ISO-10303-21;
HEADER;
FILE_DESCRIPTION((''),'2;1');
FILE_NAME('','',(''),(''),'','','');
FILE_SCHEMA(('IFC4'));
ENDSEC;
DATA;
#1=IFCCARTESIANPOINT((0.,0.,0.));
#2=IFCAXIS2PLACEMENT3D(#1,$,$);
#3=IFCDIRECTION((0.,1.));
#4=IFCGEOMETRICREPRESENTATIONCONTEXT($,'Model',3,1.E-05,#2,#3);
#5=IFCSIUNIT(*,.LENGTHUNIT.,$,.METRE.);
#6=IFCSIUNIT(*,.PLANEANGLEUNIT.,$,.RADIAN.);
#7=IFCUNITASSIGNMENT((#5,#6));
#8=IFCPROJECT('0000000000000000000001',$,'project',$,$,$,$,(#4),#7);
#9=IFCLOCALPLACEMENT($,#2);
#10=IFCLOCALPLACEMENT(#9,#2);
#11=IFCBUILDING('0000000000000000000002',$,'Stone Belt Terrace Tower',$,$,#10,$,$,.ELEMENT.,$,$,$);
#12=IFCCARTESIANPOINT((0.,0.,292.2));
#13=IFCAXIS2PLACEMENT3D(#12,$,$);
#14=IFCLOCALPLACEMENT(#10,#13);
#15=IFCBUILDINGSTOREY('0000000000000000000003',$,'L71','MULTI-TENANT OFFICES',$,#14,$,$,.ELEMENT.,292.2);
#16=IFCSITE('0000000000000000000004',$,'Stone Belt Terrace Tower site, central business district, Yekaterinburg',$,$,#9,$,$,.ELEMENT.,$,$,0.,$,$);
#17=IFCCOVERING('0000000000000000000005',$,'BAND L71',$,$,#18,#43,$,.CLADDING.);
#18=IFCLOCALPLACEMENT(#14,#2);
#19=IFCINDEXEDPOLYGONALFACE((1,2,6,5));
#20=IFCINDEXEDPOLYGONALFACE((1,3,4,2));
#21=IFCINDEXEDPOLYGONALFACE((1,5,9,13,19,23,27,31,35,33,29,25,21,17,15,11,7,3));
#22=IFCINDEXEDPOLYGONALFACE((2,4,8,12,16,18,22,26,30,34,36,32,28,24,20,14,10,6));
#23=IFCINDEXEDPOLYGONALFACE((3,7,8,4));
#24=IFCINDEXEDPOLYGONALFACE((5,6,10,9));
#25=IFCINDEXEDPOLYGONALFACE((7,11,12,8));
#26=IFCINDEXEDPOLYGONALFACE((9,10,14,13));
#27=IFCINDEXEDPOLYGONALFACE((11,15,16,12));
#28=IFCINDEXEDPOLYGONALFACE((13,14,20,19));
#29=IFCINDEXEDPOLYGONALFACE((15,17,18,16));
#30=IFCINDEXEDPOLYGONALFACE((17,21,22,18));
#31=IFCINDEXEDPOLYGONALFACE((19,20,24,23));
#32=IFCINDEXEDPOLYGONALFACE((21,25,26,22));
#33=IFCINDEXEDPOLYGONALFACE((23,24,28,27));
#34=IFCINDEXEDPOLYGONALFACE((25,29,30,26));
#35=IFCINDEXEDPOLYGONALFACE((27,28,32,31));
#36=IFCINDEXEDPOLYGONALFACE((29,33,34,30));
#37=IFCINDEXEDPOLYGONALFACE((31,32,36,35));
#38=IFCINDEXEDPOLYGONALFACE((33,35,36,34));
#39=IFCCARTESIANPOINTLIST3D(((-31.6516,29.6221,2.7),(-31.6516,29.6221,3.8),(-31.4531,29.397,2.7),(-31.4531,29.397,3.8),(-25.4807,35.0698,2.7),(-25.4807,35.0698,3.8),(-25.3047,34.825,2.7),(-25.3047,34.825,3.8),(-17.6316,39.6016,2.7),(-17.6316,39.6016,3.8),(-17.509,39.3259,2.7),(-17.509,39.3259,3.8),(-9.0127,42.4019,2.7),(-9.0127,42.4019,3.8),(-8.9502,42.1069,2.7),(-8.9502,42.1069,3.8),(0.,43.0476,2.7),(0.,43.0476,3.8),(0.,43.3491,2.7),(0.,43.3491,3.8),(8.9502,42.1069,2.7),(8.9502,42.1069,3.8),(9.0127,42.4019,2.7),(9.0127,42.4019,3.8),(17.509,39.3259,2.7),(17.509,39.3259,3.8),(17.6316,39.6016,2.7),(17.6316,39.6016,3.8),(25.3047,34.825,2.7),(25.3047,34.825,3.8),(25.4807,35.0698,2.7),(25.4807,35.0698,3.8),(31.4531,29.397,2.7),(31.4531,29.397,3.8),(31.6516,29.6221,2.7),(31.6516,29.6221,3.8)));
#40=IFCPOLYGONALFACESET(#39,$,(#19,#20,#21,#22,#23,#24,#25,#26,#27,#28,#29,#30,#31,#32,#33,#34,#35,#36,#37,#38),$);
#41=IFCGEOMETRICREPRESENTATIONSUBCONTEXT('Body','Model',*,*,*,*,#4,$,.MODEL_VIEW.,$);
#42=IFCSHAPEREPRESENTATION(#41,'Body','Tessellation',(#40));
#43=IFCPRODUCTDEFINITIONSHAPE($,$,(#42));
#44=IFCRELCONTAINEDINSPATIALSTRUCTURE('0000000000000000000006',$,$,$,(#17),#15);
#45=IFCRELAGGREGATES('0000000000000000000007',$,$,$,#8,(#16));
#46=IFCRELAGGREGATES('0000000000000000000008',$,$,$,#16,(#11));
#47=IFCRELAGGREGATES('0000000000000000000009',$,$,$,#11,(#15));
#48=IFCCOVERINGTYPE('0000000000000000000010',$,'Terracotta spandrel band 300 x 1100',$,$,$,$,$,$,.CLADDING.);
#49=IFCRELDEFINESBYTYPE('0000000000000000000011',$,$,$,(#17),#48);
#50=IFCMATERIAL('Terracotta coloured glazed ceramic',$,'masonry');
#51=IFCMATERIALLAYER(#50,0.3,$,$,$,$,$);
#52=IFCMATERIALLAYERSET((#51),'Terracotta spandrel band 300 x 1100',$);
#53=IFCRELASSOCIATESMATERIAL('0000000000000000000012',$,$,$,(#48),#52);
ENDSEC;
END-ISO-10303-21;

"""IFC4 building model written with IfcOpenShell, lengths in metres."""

from ifc_helpers import new_model, si_unit, direction, frame, origin, place, context, subcontext, project, spatial, polyline, outline, extrude, material, layer, layer_set, type_object, element, save


model = new_model("IFC4")

# Units and contexts
model_context = context("Model", 3, precision=1e-05, world=origin(), true_north=direction((0.0, 1.0)))
body_context = subcontext(model_context, "Body", "Model", "MODEL_VIEW")
ifc_project = project(units=[si_unit("LENGTHUNIT", "METRE"), si_unit("PLANEANGLEUNIT", "RADIAN")], contexts=[model_context])

# Site, building, storey
site_placement = place(None, origin())
site = spatial("IfcSite", under=ifc_project, at=site_placement, Name="Stone Belt Terrace Tower site, central business district, Yekaterinburg", CompositionType="ELEMENT", RefElevation=0.0)
building_placement = place(site_placement, origin())
building = spatial("IfcBuilding", under=site, at=building_placement, Name="Stone Belt Terrace Tower", CompositionType="ELEMENT")
storey_placement = place(building_placement, frame((0.0, 0.0, 292.2)))
storey = spatial("IfcBuildingStorey", under=building, at=storey_placement, Name="L71", Description="MULTI-TENANT OFFICES", CompositionType="ELEMENT", Elevation=292.2)

# Covering
ifc_material_1 = material(Name="Terracotta coloured glazed ceramic", Category="masonry")
ifc_layer_1 = layer(ifc_material_1, 0.3)
ifc_layer_set_1 = layer_set([ifc_layer_1], Name="Terracotta spandrel band 300 x 1100")
covering_type = type_object("IfcCoveringType", Name="Terracotta spandrel band 300 x 1100", PredefinedType="CLADDING", material=ifc_layer_set_1)
covering_placement = place(storey_placement, frame((0.0, 0.0, 2.7)))
element("IfcCovering", 1, at=covering_placement, inside=storey, type_object=covering_type, Name="BAND L71", PredefinedType="CLADDING", context=body_context, shape_type="SweptSolid", body=[
    extrude(outline(polyline([(-31.6516, 29.6221), (-25.4807, 35.0698), (-17.6316, 39.6016), (-9.0127, 42.4019), (0.0, 43.3491), (9.0127, 42.4019), (17.6316, 39.6016), (25.4807, 35.0698), (31.6516, 29.6221), (31.4531, 29.397), (25.3047, 34.825), (17.509, 39.3259), (8.9502, 42.1069), (0.0, 43.0476), (-8.9502, 42.1069), (-17.509, 39.3259), (-25.3047, 34.825), (-31.4531, 29.397), (-31.6516, 29.6221)])), origin(), (0.0, 0.0, 1.0), 1.1001),
])

save(model, "model.ifc")
